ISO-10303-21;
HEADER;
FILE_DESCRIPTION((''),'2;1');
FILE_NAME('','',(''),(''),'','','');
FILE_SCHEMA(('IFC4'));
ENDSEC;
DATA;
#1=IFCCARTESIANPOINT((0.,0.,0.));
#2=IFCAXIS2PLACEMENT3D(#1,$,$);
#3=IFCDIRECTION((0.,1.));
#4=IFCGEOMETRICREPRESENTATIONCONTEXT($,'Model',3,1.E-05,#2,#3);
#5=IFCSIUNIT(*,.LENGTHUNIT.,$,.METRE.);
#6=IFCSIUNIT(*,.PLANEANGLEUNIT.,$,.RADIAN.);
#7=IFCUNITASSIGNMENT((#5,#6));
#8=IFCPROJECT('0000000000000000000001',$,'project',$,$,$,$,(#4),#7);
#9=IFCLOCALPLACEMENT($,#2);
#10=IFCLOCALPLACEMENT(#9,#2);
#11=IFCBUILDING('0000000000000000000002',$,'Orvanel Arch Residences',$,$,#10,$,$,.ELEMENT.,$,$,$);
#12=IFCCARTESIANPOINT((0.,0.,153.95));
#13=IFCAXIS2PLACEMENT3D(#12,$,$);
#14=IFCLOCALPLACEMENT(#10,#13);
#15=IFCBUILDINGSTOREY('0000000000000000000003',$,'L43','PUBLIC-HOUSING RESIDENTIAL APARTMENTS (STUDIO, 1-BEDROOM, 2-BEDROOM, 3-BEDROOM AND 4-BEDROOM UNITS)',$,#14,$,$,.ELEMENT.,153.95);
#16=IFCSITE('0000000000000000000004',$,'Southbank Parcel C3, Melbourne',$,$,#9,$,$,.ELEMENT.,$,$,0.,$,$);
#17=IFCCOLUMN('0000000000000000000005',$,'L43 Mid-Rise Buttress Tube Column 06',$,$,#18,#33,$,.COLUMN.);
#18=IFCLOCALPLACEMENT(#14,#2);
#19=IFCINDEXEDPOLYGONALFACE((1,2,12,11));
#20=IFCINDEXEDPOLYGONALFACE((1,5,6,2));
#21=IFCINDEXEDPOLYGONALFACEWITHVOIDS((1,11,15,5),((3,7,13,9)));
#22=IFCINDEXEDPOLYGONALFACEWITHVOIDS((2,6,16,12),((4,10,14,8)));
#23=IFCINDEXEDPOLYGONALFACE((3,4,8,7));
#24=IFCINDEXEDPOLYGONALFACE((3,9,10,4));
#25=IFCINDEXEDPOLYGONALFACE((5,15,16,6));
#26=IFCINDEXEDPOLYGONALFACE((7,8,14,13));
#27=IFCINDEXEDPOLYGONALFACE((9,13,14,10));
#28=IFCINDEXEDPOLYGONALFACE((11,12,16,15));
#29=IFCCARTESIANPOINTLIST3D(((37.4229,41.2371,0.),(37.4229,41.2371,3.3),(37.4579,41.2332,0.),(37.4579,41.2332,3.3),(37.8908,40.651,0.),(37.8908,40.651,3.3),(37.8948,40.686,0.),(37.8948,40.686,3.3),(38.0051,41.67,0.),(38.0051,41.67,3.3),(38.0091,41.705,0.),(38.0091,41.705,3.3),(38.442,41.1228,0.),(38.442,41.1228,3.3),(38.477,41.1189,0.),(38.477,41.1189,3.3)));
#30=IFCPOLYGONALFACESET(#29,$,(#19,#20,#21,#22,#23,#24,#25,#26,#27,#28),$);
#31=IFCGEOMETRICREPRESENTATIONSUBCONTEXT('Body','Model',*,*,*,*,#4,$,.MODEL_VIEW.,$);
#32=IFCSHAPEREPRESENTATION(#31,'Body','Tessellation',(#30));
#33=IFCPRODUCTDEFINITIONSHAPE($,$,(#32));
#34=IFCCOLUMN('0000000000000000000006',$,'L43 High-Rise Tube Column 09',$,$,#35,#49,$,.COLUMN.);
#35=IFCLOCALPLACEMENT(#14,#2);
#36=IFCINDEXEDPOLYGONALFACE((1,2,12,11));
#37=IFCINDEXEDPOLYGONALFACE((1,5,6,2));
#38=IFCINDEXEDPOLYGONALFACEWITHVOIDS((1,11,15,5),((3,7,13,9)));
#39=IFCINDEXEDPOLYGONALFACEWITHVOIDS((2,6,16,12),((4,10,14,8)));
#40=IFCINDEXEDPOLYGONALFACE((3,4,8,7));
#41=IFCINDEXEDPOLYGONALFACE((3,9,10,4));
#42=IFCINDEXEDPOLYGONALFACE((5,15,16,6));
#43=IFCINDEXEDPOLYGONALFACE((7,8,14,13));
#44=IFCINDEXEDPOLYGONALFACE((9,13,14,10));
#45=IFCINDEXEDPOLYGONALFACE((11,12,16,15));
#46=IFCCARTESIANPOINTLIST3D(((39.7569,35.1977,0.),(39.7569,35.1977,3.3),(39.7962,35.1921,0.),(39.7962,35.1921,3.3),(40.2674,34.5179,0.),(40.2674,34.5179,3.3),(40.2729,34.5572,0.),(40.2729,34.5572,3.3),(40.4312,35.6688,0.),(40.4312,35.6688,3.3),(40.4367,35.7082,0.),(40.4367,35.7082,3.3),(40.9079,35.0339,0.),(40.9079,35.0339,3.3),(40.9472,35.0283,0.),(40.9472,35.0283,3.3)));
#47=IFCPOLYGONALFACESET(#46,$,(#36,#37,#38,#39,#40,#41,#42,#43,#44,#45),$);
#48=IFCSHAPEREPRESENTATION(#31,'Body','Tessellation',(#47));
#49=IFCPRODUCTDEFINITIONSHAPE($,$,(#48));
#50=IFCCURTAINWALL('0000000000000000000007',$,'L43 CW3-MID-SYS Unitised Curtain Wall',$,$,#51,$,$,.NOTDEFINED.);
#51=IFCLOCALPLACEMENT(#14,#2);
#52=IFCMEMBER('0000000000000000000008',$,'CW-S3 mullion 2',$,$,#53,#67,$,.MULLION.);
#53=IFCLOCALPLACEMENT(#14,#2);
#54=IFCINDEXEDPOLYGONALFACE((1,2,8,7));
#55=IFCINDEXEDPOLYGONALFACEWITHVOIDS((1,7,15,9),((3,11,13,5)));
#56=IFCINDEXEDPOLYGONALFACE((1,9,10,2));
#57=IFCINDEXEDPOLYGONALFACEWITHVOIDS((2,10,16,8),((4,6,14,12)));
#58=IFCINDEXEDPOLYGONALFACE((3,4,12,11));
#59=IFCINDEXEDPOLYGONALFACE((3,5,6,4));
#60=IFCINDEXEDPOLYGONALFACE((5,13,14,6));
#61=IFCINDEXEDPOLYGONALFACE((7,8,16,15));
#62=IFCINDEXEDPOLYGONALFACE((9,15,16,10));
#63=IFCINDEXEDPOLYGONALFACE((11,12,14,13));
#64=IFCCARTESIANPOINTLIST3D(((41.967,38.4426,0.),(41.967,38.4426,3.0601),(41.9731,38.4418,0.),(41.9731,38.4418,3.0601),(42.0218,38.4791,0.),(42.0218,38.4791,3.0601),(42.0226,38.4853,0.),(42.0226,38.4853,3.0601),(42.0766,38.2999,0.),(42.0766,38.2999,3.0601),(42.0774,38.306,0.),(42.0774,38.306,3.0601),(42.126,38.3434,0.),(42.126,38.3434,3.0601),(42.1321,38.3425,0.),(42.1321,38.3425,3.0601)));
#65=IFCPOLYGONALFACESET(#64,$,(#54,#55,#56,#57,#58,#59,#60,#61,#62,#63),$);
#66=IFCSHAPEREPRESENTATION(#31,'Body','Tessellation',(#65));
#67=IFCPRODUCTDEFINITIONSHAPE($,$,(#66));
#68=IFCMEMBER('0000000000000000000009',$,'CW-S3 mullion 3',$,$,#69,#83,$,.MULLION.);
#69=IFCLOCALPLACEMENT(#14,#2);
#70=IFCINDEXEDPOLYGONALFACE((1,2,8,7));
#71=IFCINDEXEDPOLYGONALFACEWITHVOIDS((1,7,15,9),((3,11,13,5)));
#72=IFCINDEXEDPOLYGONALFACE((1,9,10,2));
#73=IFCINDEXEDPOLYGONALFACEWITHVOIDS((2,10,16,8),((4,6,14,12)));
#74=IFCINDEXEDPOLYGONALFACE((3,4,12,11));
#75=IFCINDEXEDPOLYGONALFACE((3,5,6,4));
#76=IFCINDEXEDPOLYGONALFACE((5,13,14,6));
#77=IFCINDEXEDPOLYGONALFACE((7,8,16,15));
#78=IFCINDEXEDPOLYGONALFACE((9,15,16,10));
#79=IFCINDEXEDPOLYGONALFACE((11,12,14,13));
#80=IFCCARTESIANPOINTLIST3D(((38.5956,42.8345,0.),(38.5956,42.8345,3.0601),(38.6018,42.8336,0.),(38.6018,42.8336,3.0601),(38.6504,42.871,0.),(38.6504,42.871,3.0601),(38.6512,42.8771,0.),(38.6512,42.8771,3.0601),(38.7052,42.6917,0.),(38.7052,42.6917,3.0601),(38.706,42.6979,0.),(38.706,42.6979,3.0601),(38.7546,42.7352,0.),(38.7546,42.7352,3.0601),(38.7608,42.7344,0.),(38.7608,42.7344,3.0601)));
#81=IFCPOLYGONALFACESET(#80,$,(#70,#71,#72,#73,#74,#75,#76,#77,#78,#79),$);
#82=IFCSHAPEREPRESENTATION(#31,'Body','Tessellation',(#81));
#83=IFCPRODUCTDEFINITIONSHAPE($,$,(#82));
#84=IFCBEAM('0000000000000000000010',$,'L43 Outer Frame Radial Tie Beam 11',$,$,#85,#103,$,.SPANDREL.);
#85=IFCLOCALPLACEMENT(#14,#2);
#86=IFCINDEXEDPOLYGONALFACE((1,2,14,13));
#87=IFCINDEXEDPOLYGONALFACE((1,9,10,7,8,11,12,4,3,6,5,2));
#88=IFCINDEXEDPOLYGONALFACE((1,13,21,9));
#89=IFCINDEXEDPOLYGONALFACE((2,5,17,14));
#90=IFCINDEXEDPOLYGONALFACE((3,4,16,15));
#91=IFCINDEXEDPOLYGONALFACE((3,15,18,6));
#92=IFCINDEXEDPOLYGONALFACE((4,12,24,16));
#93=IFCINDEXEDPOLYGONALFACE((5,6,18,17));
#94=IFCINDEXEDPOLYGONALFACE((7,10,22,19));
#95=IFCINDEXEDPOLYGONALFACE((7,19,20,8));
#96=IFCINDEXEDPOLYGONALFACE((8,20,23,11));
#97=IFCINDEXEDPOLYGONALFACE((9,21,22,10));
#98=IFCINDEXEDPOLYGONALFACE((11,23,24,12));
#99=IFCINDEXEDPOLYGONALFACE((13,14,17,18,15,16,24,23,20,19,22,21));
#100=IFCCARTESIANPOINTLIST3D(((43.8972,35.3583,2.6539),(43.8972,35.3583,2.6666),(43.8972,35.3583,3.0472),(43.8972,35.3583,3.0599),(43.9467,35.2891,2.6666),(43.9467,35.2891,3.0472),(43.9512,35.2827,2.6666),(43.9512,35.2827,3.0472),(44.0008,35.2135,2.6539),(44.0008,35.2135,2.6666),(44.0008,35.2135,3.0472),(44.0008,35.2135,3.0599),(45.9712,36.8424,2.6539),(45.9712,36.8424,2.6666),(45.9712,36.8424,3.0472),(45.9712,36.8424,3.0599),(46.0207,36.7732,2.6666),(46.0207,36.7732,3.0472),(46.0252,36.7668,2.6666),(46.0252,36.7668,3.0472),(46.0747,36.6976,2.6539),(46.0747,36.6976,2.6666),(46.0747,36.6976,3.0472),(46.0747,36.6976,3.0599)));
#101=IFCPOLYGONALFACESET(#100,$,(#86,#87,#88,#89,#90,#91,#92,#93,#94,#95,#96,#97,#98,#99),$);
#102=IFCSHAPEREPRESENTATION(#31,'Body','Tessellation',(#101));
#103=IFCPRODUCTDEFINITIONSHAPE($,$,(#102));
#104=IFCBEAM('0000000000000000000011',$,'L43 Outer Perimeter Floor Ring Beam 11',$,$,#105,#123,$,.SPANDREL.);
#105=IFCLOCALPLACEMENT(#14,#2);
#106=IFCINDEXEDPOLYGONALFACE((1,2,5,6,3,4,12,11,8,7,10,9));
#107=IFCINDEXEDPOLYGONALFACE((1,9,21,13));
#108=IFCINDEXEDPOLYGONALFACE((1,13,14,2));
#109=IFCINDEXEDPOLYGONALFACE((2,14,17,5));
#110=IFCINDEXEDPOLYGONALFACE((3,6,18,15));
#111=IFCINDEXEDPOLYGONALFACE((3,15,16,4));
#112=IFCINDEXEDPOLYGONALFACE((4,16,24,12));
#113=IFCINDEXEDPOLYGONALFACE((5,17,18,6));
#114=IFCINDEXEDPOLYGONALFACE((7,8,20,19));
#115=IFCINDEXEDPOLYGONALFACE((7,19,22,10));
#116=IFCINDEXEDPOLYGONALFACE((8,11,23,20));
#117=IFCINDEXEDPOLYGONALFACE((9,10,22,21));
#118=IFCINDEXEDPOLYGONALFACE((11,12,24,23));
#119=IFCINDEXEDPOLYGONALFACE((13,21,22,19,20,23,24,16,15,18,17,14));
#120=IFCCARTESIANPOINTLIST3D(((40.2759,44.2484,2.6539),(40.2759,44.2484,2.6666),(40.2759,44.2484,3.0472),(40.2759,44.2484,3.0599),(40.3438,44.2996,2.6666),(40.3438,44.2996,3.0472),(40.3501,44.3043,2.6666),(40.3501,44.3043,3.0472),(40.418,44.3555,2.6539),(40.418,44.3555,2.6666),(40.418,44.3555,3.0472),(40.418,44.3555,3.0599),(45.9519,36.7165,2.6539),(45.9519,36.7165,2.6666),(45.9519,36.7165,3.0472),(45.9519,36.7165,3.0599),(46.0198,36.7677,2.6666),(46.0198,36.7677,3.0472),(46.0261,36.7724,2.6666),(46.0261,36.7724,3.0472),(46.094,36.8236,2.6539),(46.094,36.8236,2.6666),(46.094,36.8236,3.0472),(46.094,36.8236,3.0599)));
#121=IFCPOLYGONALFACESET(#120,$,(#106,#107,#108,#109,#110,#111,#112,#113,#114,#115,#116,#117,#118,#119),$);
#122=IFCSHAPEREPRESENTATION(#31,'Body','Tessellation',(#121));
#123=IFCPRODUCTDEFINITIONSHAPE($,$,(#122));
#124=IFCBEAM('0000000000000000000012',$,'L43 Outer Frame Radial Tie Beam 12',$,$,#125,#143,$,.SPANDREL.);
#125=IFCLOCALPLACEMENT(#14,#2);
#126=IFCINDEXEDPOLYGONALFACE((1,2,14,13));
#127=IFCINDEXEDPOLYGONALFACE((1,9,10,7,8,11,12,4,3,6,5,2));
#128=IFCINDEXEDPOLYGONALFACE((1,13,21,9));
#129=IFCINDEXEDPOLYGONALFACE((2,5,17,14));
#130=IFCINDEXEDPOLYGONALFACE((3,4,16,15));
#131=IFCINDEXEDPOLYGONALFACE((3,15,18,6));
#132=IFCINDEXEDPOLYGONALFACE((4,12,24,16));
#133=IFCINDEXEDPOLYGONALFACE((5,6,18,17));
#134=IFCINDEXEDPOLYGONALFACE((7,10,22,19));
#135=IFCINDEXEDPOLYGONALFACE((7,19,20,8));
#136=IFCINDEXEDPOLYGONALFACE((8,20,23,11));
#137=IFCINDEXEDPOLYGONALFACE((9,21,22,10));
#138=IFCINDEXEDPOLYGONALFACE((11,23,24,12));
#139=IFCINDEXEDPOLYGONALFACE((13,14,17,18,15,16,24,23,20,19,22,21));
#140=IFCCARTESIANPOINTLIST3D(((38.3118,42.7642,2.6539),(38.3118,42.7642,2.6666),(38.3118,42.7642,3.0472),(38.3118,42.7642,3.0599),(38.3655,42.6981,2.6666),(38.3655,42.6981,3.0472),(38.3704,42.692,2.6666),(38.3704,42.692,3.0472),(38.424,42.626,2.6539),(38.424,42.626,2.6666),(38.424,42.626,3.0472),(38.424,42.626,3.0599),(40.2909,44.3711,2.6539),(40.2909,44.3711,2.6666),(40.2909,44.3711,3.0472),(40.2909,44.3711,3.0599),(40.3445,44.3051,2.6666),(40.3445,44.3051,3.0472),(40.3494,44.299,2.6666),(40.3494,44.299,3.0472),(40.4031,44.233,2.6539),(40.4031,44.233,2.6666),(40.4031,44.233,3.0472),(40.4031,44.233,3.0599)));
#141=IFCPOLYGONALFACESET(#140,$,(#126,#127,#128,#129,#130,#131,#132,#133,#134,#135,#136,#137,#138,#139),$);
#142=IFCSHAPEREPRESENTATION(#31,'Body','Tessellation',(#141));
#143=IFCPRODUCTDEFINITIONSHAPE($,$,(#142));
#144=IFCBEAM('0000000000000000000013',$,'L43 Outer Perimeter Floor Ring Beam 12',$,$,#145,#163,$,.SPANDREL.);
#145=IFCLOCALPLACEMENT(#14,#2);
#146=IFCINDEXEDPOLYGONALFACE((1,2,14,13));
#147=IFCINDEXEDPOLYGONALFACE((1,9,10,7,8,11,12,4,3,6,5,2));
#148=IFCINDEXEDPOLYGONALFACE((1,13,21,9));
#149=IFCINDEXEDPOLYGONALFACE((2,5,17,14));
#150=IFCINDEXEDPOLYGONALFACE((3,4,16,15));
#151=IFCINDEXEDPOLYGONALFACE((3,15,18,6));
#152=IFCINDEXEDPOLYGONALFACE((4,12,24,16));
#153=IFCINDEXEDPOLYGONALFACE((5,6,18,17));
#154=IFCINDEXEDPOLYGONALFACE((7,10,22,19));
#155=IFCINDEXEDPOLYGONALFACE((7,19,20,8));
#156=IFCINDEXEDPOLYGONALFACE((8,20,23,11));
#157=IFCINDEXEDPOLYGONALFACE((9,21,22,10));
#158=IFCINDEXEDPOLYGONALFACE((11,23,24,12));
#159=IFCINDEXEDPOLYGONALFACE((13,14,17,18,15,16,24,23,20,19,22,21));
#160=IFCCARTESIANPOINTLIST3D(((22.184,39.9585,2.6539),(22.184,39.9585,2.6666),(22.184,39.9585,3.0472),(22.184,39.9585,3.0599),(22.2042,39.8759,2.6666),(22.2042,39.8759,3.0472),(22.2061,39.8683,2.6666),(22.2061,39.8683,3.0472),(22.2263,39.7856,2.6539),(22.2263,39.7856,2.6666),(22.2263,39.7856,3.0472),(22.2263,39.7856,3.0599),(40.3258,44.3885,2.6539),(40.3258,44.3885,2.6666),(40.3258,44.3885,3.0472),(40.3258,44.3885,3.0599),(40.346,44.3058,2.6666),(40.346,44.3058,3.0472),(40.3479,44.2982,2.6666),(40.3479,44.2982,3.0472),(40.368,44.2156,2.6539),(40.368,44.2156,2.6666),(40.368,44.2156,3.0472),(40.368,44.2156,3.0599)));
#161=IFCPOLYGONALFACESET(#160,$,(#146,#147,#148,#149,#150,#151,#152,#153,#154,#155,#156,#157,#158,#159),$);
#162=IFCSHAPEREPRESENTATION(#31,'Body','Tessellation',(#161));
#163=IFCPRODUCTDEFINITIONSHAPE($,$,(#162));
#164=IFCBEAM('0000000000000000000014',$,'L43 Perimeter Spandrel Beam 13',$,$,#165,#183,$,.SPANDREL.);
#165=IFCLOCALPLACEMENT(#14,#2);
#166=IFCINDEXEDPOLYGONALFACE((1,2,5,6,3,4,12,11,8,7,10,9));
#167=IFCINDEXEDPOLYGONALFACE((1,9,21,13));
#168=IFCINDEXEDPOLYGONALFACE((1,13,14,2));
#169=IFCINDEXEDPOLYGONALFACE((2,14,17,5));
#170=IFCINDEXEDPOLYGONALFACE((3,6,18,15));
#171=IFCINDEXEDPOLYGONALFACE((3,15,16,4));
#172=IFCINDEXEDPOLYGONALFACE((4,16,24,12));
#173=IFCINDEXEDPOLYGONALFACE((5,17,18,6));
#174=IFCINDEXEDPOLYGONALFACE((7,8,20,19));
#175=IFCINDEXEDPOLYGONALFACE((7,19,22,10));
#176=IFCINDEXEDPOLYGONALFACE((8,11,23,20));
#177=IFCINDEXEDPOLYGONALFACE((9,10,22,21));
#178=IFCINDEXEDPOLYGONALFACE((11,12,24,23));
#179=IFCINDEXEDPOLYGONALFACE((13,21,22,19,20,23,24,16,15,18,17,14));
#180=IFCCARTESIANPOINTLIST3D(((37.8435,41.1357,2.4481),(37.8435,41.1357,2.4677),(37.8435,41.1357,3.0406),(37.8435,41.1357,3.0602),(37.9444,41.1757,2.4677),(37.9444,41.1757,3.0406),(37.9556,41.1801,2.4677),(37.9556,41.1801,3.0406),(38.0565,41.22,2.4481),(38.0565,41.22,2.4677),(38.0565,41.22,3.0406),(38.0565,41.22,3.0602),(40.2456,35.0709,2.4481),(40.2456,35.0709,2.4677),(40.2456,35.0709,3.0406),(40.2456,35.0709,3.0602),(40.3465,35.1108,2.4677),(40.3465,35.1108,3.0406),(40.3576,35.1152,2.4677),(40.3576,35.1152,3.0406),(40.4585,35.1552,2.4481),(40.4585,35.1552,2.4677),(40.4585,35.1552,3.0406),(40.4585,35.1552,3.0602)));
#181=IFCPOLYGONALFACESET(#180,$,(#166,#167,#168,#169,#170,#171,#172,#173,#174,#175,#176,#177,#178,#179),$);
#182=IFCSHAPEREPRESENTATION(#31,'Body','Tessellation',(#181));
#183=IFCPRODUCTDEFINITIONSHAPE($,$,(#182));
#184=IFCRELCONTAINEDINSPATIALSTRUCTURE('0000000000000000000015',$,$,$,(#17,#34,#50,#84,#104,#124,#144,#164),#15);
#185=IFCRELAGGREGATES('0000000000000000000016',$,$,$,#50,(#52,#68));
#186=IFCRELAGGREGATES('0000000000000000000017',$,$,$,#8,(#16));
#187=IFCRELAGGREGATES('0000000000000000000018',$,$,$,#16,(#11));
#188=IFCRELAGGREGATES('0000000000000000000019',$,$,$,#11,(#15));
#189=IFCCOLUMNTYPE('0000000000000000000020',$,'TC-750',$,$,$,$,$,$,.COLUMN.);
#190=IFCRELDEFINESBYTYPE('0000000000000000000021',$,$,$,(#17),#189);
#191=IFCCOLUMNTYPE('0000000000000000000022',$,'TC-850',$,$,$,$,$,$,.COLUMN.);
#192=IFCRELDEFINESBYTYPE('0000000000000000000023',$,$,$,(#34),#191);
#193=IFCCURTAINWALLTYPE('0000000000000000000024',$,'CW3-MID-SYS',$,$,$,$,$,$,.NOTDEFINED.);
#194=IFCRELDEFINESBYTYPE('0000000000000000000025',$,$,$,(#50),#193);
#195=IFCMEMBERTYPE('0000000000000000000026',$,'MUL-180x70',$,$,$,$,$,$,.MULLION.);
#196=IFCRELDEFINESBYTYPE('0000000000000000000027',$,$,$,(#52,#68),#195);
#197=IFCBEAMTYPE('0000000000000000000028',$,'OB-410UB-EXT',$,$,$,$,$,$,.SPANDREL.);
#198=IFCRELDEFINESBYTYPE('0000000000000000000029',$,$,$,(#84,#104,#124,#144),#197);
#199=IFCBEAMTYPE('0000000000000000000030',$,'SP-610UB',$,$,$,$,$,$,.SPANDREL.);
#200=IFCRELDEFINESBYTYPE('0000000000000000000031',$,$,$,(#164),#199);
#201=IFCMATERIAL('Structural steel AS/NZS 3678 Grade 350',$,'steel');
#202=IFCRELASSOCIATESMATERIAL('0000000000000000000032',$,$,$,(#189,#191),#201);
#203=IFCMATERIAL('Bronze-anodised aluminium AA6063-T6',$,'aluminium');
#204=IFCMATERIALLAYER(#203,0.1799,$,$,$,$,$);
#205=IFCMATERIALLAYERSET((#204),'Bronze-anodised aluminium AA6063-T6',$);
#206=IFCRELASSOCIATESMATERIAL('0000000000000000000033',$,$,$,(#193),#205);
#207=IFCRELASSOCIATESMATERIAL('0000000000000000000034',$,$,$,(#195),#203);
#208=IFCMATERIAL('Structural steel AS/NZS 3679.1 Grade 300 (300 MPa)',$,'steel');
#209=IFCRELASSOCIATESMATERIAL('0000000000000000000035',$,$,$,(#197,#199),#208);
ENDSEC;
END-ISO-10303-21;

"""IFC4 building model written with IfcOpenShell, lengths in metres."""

from ifc_helpers import new_model, si_unit, direction, frame, origin, origin_2d, place, context, subcontext, project, spatial, hollow_rectangle, i_section, extrude, material, layer, layer_set, material_profile, profile_set, type_object, element, aggregate, save


model = new_model("IFC4")

# Units and contexts
model_context = context("Model", 3, precision=1e-05, world=origin(), true_north=direction((0.0, 1.0)))
body_context = subcontext(model_context, "Body", "Model", "MODEL_VIEW")
ifc_project = project(units=[si_unit("LENGTHUNIT", "METRE"), si_unit("PLANEANGLEUNIT", "RADIAN")], contexts=[model_context])

# Site, building, storey
site_placement = place(None, origin())
site = spatial("IfcSite", under=ifc_project, at=site_placement, Name="Southbank Parcel C3, Melbourne", CompositionType="ELEMENT", RefElevation=0.0)
building_placement = place(site_placement, origin())
building = spatial("IfcBuilding", under=site, at=building_placement, Name="Orvanel Arch Residences", CompositionType="ELEMENT")
storey_placement = place(building_placement, frame((0.0, 0.0, 153.95)))
storey = spatial("IfcBuildingStorey", under=building, at=storey_placement, Name="L43", Description="PUBLIC-HOUSING RESIDENTIAL APARTMENTS (STUDIO, 1-BEDROOM, 2-BEDROOM, 3-BEDROOM AND 4-BEDROOM UNITS)", CompositionType="ELEMENT", Elevation=153.95)

# Columns
ifc_material_1 = material(Name="Structural steel AS/NZS 3678 Grade 350", Category="steel")
ifc_material_profile_1 = material_profile(ifc_material_1, hollow_rectangle(XDim=0.75, YDim=0.75, WallThickness=0.0249, at=origin_2d()), Name="BOX750x750x25")
ifc_profile_set_1 = profile_set([ifc_material_profile_1], Name="Structural steel AS/NZS 3678 Grade 350")
column_type_1 = type_object("IfcColumnType", Name="TC-750", PredefinedType="COLUMN", material=ifc_profile_set_1)
column_1_placement = place(storey_placement, frame((37.95, 41.178, 0.0), z_axis=(0.0, 0.0, 1.0), x_axis=(-0.62388, 0.78152, 0.0)))
element("IfcColumn", 1, at=column_1_placement, inside=storey, type_object=column_type_1, Name="L43 Mid-Rise Buttress Tube Column 06", PredefinedType="COLUMN", context=body_context, shape_type="SweptSolid", body=[
    extrude(hollow_rectangle(XDim=0.75, YDim=0.75, WallThickness=0.0249, at=origin_2d()), origin(), (0.0, 0.0, 1.0), 3.3),
])
ifc_material_profile_2 = material_profile(ifc_material_1, hollow_rectangle(XDim=0.8501, YDim=0.8501, WallThickness=0.0281, at=origin_2d()), Name="BOX850x850x28")
ifc_profile_set_2 = profile_set([ifc_material_profile_2], Name="Structural steel AS/NZS 3678 Grade 350")
column_type_2 = type_object("IfcColumnType", Name="TC-850", PredefinedType="COLUMN", material=ifc_profile_set_2)
column_2_placement = place(storey_placement, frame((40.3521, 35.113, 0.0), z_axis=(0.0, 0.0, 1.0), x_axis=(-0.60042, 0.799685, 0.0)))
element("IfcColumn", 2, at=column_2_placement, inside=storey, type_object=column_type_2, Name="L43 High-Rise Tube Column 09", PredefinedType="COLUMN", context=body_context, shape_type="SweptSolid", body=[
    extrude(hollow_rectangle(XDim=0.8501, YDim=0.8501, WallThickness=0.0281, at=origin_2d()), origin(), (0.0, 0.0, 1.0), 3.3),
])

# Curtain wall, members
ifc_material_2 = material(Name="Bronze-anodised aluminium AA6063-T6", Category="aluminium")
ifc_layer_1 = layer(ifc_material_2, 0.1799)
ifc_layer_set_1 = layer_set([ifc_layer_1], Name="Bronze-anodised aluminium AA6063-T6")
curtain_wall_type = type_object("IfcCurtainWallType", Name="CW3-MID-SYS", PredefinedType="NOTDEFINED", material=ifc_layer_set_1)
curtain_wall_placement = place(storey_placement, origin())
curtain_wall = element("IfcCurtainWall", 3, at=curtain_wall_placement, inside=storey, type_object=curtain_wall_type, Name="L43 CW3-MID-SYS Unitised Curtain Wall", PredefinedType="NOTDEFINED")
ifc_material_profile_3 = material_profile(ifc_material_2, hollow_rectangle(XDim=0.0701, YDim=0.1799, WallThickness=0.0044, at=origin_2d()), Name="ALU180x70x4.5")
ifc_profile_set_3 = profile_set([ifc_material_profile_3], Name="Bronze-anodised aluminium AA6063-T6")
member_type_1 = type_object("IfcMemberType", Name="MUL-180x70", PredefinedType="MULLION", material=ifc_profile_set_3)
member_1_placement = place(storey_placement, frame((42.0496, 38.3926, 0.0), z_axis=(0.0, 0.0, 1.0), x_axis=(-0.793223, -0.608931, 0.0)))
member_1 = element("IfcMember", 4, at=member_1_placement, type_object=member_type_1, Name="CW-S3 mullion 2", PredefinedType="MULLION", context=body_context, shape_type="SweptSolid", body=[
    extrude(hollow_rectangle(XDim=0.0701, YDim=0.1799, WallThickness=0.0044, at=origin_2d()), origin(), (0.0, 0.0, 1.0), 3.0601),
])
member_2_placement = place(storey_placement, frame((38.6782, 42.7844, 0.0), z_axis=(0.0, 0.0, 1.0), x_axis=(-0.793223, -0.608931, 0.0)))
member_2 = element("IfcMember", 5, at=member_2_placement, type_object=member_type_1, Name="CW-S3 mullion 3", PredefinedType="MULLION", context=body_context, shape_type="SweptSolid", body=[
    extrude(hollow_rectangle(XDim=0.0701, YDim=0.1799, WallThickness=0.0044, at=origin_2d()), origin(), (0.0, 0.0, 1.0), 3.0601),
])

# Beams
ifc_material_3 = material(Name="Structural steel AS/NZS 3679.1 Grade 300 (300 MPa)", Category="steel")
ifc_material_profile_4 = material_profile(ifc_material_3, i_section(OverallWidth=0.178, OverallDepth=0.406, WebThickness=0.0078, FlangeThickness=0.0127, at=origin_2d()), Name="410UB59.7")
ifc_profile_set_4 = profile_set([ifc_material_profile_4], Name="Structural steel AS/NZS 3679.1 Grade 300 (300 MPa)")
beam_type_1 = type_object("IfcBeamType", Name="OB-410UB-EXT", PredefinedType="SPANDREL", material=ifc_profile_set_4)
beam_1_placement = place(storey_placement, frame((43.949, 35.2859, 2.8569), z_axis=(0.813229, 0.581944, 0.0), x_axis=(-0.581944, 0.813229, 0.0)))
element("IfcBeam", 6, at=beam_1_placement, inside=storey, type_object=beam_type_1, Name="L43 Outer Frame Radial Tie Beam 11", PredefinedType="SPANDREL", context=body_context, shape_type="SweptSolid", body=[
    extrude(i_section(OverallWidth=0.178, OverallDepth=0.406, WebThickness=0.0078, FlangeThickness=0.0127, at=origin_2d()), origin(), (0.0, 0.0, 1.0), 2.5503),
])
beam_2_placement = place(storey_placement, frame((46.0229, 36.77, 2.8569), z_axis=(-0.601833, 0.798622, 0.0), x_axis=(-0.798622, -0.601833, 0.0)))
element("IfcBeam", 7, at=beam_2_placement, inside=storey, type_object=beam_type_1, Name="L43 Outer Perimeter Floor Ring Beam 11", PredefinedType="SPANDREL", context=body_context, shape_type="SweptSolid", body=[
    extrude(i_section(OverallWidth=0.178, OverallDepth=0.406, WebThickness=0.0078, FlangeThickness=0.0127, at=origin_2d()), origin(), (0.0, 0.0, 1.0), 9.4312),
])
beam_3_placement = place(storey_placement, frame((38.3679, 42.6951, 2.8569), z_axis=(0.776307, 0.630355, 0.0), x_axis=(-0.630355, 0.776307, 0.0)))
element("IfcBeam", 8, at=beam_3_placement, inside=storey, type_object=beam_type_1, Name="L43 Outer Frame Radial Tie Beam 12", PredefinedType="SPANDREL", context=body_context, shape_type="SweptSolid", body=[
    extrude(i_section(OverallWidth=0.178, OverallDepth=0.406, WebThickness=0.0078, FlangeThickness=0.0127, at=origin_2d()), origin(), (0.0, 0.0, 1.0), 2.5493),
])
beam_4_placement = place(storey_placement, frame((40.3469, 44.302, 2.8569), z_axis=(-0.971458, -0.237213, 0.0), x_axis=(0.237213, -0.971458, 0.0)))
element("IfcBeam", 9, at=beam_4_placement, inside=storey, type_object=beam_type_1, Name="L43 Outer Perimeter Floor Ring Beam 12", PredefinedType="SPANDREL", context=body_context, shape_type="SweptSolid", body=[
    extrude(i_section(OverallWidth=0.178, OverallDepth=0.406, WebThickness=0.0078, FlangeThickness=0.0127, at=origin_2d()), origin(), (0.0, 0.0, 1.0), 18.6748),
])
ifc_material_profile_5 = material_profile(ifc_material_3, i_section(OverallWidth=0.229, OverallDepth=0.6121, WebThickness=0.012, FlangeThickness=0.0195, at=origin_2d()), Name="610UB125")
ifc_profile_set_5 = profile_set([ifc_material_profile_5], Name="Structural steel AS/NZS 3679.1 Grade 300 (300 MPa)")
beam_type_2 = type_object("IfcBeamType", Name="SP-610UB", PredefinedType="SPANDREL", material=ifc_profile_set_5)
beam_5_placement = place(storey_placement, frame((40.3521, 35.113, 2.7542), z_axis=(-0.368233, 0.929733, 0.0), x_axis=(-0.929733, -0.368233, 0.0)))
element("IfcBeam", 10, at=beam_5_placement, inside=storey, type_object=beam_type_2, Name="L43 Perimeter Spandrel Beam 13", PredefinedType="SPANDREL", context=body_context, shape_type="SweptSolid", body=[
    extrude(i_section(OverallWidth=0.229, OverallDepth=0.6121, WebThickness=0.012, FlangeThickness=0.0195, at=origin_2d()), origin(), (0.0, 0.0, 1.0), 6.5232),
])

aggregate(curtain_wall, [member_1, member_2])

save(model, "model.ifc")
